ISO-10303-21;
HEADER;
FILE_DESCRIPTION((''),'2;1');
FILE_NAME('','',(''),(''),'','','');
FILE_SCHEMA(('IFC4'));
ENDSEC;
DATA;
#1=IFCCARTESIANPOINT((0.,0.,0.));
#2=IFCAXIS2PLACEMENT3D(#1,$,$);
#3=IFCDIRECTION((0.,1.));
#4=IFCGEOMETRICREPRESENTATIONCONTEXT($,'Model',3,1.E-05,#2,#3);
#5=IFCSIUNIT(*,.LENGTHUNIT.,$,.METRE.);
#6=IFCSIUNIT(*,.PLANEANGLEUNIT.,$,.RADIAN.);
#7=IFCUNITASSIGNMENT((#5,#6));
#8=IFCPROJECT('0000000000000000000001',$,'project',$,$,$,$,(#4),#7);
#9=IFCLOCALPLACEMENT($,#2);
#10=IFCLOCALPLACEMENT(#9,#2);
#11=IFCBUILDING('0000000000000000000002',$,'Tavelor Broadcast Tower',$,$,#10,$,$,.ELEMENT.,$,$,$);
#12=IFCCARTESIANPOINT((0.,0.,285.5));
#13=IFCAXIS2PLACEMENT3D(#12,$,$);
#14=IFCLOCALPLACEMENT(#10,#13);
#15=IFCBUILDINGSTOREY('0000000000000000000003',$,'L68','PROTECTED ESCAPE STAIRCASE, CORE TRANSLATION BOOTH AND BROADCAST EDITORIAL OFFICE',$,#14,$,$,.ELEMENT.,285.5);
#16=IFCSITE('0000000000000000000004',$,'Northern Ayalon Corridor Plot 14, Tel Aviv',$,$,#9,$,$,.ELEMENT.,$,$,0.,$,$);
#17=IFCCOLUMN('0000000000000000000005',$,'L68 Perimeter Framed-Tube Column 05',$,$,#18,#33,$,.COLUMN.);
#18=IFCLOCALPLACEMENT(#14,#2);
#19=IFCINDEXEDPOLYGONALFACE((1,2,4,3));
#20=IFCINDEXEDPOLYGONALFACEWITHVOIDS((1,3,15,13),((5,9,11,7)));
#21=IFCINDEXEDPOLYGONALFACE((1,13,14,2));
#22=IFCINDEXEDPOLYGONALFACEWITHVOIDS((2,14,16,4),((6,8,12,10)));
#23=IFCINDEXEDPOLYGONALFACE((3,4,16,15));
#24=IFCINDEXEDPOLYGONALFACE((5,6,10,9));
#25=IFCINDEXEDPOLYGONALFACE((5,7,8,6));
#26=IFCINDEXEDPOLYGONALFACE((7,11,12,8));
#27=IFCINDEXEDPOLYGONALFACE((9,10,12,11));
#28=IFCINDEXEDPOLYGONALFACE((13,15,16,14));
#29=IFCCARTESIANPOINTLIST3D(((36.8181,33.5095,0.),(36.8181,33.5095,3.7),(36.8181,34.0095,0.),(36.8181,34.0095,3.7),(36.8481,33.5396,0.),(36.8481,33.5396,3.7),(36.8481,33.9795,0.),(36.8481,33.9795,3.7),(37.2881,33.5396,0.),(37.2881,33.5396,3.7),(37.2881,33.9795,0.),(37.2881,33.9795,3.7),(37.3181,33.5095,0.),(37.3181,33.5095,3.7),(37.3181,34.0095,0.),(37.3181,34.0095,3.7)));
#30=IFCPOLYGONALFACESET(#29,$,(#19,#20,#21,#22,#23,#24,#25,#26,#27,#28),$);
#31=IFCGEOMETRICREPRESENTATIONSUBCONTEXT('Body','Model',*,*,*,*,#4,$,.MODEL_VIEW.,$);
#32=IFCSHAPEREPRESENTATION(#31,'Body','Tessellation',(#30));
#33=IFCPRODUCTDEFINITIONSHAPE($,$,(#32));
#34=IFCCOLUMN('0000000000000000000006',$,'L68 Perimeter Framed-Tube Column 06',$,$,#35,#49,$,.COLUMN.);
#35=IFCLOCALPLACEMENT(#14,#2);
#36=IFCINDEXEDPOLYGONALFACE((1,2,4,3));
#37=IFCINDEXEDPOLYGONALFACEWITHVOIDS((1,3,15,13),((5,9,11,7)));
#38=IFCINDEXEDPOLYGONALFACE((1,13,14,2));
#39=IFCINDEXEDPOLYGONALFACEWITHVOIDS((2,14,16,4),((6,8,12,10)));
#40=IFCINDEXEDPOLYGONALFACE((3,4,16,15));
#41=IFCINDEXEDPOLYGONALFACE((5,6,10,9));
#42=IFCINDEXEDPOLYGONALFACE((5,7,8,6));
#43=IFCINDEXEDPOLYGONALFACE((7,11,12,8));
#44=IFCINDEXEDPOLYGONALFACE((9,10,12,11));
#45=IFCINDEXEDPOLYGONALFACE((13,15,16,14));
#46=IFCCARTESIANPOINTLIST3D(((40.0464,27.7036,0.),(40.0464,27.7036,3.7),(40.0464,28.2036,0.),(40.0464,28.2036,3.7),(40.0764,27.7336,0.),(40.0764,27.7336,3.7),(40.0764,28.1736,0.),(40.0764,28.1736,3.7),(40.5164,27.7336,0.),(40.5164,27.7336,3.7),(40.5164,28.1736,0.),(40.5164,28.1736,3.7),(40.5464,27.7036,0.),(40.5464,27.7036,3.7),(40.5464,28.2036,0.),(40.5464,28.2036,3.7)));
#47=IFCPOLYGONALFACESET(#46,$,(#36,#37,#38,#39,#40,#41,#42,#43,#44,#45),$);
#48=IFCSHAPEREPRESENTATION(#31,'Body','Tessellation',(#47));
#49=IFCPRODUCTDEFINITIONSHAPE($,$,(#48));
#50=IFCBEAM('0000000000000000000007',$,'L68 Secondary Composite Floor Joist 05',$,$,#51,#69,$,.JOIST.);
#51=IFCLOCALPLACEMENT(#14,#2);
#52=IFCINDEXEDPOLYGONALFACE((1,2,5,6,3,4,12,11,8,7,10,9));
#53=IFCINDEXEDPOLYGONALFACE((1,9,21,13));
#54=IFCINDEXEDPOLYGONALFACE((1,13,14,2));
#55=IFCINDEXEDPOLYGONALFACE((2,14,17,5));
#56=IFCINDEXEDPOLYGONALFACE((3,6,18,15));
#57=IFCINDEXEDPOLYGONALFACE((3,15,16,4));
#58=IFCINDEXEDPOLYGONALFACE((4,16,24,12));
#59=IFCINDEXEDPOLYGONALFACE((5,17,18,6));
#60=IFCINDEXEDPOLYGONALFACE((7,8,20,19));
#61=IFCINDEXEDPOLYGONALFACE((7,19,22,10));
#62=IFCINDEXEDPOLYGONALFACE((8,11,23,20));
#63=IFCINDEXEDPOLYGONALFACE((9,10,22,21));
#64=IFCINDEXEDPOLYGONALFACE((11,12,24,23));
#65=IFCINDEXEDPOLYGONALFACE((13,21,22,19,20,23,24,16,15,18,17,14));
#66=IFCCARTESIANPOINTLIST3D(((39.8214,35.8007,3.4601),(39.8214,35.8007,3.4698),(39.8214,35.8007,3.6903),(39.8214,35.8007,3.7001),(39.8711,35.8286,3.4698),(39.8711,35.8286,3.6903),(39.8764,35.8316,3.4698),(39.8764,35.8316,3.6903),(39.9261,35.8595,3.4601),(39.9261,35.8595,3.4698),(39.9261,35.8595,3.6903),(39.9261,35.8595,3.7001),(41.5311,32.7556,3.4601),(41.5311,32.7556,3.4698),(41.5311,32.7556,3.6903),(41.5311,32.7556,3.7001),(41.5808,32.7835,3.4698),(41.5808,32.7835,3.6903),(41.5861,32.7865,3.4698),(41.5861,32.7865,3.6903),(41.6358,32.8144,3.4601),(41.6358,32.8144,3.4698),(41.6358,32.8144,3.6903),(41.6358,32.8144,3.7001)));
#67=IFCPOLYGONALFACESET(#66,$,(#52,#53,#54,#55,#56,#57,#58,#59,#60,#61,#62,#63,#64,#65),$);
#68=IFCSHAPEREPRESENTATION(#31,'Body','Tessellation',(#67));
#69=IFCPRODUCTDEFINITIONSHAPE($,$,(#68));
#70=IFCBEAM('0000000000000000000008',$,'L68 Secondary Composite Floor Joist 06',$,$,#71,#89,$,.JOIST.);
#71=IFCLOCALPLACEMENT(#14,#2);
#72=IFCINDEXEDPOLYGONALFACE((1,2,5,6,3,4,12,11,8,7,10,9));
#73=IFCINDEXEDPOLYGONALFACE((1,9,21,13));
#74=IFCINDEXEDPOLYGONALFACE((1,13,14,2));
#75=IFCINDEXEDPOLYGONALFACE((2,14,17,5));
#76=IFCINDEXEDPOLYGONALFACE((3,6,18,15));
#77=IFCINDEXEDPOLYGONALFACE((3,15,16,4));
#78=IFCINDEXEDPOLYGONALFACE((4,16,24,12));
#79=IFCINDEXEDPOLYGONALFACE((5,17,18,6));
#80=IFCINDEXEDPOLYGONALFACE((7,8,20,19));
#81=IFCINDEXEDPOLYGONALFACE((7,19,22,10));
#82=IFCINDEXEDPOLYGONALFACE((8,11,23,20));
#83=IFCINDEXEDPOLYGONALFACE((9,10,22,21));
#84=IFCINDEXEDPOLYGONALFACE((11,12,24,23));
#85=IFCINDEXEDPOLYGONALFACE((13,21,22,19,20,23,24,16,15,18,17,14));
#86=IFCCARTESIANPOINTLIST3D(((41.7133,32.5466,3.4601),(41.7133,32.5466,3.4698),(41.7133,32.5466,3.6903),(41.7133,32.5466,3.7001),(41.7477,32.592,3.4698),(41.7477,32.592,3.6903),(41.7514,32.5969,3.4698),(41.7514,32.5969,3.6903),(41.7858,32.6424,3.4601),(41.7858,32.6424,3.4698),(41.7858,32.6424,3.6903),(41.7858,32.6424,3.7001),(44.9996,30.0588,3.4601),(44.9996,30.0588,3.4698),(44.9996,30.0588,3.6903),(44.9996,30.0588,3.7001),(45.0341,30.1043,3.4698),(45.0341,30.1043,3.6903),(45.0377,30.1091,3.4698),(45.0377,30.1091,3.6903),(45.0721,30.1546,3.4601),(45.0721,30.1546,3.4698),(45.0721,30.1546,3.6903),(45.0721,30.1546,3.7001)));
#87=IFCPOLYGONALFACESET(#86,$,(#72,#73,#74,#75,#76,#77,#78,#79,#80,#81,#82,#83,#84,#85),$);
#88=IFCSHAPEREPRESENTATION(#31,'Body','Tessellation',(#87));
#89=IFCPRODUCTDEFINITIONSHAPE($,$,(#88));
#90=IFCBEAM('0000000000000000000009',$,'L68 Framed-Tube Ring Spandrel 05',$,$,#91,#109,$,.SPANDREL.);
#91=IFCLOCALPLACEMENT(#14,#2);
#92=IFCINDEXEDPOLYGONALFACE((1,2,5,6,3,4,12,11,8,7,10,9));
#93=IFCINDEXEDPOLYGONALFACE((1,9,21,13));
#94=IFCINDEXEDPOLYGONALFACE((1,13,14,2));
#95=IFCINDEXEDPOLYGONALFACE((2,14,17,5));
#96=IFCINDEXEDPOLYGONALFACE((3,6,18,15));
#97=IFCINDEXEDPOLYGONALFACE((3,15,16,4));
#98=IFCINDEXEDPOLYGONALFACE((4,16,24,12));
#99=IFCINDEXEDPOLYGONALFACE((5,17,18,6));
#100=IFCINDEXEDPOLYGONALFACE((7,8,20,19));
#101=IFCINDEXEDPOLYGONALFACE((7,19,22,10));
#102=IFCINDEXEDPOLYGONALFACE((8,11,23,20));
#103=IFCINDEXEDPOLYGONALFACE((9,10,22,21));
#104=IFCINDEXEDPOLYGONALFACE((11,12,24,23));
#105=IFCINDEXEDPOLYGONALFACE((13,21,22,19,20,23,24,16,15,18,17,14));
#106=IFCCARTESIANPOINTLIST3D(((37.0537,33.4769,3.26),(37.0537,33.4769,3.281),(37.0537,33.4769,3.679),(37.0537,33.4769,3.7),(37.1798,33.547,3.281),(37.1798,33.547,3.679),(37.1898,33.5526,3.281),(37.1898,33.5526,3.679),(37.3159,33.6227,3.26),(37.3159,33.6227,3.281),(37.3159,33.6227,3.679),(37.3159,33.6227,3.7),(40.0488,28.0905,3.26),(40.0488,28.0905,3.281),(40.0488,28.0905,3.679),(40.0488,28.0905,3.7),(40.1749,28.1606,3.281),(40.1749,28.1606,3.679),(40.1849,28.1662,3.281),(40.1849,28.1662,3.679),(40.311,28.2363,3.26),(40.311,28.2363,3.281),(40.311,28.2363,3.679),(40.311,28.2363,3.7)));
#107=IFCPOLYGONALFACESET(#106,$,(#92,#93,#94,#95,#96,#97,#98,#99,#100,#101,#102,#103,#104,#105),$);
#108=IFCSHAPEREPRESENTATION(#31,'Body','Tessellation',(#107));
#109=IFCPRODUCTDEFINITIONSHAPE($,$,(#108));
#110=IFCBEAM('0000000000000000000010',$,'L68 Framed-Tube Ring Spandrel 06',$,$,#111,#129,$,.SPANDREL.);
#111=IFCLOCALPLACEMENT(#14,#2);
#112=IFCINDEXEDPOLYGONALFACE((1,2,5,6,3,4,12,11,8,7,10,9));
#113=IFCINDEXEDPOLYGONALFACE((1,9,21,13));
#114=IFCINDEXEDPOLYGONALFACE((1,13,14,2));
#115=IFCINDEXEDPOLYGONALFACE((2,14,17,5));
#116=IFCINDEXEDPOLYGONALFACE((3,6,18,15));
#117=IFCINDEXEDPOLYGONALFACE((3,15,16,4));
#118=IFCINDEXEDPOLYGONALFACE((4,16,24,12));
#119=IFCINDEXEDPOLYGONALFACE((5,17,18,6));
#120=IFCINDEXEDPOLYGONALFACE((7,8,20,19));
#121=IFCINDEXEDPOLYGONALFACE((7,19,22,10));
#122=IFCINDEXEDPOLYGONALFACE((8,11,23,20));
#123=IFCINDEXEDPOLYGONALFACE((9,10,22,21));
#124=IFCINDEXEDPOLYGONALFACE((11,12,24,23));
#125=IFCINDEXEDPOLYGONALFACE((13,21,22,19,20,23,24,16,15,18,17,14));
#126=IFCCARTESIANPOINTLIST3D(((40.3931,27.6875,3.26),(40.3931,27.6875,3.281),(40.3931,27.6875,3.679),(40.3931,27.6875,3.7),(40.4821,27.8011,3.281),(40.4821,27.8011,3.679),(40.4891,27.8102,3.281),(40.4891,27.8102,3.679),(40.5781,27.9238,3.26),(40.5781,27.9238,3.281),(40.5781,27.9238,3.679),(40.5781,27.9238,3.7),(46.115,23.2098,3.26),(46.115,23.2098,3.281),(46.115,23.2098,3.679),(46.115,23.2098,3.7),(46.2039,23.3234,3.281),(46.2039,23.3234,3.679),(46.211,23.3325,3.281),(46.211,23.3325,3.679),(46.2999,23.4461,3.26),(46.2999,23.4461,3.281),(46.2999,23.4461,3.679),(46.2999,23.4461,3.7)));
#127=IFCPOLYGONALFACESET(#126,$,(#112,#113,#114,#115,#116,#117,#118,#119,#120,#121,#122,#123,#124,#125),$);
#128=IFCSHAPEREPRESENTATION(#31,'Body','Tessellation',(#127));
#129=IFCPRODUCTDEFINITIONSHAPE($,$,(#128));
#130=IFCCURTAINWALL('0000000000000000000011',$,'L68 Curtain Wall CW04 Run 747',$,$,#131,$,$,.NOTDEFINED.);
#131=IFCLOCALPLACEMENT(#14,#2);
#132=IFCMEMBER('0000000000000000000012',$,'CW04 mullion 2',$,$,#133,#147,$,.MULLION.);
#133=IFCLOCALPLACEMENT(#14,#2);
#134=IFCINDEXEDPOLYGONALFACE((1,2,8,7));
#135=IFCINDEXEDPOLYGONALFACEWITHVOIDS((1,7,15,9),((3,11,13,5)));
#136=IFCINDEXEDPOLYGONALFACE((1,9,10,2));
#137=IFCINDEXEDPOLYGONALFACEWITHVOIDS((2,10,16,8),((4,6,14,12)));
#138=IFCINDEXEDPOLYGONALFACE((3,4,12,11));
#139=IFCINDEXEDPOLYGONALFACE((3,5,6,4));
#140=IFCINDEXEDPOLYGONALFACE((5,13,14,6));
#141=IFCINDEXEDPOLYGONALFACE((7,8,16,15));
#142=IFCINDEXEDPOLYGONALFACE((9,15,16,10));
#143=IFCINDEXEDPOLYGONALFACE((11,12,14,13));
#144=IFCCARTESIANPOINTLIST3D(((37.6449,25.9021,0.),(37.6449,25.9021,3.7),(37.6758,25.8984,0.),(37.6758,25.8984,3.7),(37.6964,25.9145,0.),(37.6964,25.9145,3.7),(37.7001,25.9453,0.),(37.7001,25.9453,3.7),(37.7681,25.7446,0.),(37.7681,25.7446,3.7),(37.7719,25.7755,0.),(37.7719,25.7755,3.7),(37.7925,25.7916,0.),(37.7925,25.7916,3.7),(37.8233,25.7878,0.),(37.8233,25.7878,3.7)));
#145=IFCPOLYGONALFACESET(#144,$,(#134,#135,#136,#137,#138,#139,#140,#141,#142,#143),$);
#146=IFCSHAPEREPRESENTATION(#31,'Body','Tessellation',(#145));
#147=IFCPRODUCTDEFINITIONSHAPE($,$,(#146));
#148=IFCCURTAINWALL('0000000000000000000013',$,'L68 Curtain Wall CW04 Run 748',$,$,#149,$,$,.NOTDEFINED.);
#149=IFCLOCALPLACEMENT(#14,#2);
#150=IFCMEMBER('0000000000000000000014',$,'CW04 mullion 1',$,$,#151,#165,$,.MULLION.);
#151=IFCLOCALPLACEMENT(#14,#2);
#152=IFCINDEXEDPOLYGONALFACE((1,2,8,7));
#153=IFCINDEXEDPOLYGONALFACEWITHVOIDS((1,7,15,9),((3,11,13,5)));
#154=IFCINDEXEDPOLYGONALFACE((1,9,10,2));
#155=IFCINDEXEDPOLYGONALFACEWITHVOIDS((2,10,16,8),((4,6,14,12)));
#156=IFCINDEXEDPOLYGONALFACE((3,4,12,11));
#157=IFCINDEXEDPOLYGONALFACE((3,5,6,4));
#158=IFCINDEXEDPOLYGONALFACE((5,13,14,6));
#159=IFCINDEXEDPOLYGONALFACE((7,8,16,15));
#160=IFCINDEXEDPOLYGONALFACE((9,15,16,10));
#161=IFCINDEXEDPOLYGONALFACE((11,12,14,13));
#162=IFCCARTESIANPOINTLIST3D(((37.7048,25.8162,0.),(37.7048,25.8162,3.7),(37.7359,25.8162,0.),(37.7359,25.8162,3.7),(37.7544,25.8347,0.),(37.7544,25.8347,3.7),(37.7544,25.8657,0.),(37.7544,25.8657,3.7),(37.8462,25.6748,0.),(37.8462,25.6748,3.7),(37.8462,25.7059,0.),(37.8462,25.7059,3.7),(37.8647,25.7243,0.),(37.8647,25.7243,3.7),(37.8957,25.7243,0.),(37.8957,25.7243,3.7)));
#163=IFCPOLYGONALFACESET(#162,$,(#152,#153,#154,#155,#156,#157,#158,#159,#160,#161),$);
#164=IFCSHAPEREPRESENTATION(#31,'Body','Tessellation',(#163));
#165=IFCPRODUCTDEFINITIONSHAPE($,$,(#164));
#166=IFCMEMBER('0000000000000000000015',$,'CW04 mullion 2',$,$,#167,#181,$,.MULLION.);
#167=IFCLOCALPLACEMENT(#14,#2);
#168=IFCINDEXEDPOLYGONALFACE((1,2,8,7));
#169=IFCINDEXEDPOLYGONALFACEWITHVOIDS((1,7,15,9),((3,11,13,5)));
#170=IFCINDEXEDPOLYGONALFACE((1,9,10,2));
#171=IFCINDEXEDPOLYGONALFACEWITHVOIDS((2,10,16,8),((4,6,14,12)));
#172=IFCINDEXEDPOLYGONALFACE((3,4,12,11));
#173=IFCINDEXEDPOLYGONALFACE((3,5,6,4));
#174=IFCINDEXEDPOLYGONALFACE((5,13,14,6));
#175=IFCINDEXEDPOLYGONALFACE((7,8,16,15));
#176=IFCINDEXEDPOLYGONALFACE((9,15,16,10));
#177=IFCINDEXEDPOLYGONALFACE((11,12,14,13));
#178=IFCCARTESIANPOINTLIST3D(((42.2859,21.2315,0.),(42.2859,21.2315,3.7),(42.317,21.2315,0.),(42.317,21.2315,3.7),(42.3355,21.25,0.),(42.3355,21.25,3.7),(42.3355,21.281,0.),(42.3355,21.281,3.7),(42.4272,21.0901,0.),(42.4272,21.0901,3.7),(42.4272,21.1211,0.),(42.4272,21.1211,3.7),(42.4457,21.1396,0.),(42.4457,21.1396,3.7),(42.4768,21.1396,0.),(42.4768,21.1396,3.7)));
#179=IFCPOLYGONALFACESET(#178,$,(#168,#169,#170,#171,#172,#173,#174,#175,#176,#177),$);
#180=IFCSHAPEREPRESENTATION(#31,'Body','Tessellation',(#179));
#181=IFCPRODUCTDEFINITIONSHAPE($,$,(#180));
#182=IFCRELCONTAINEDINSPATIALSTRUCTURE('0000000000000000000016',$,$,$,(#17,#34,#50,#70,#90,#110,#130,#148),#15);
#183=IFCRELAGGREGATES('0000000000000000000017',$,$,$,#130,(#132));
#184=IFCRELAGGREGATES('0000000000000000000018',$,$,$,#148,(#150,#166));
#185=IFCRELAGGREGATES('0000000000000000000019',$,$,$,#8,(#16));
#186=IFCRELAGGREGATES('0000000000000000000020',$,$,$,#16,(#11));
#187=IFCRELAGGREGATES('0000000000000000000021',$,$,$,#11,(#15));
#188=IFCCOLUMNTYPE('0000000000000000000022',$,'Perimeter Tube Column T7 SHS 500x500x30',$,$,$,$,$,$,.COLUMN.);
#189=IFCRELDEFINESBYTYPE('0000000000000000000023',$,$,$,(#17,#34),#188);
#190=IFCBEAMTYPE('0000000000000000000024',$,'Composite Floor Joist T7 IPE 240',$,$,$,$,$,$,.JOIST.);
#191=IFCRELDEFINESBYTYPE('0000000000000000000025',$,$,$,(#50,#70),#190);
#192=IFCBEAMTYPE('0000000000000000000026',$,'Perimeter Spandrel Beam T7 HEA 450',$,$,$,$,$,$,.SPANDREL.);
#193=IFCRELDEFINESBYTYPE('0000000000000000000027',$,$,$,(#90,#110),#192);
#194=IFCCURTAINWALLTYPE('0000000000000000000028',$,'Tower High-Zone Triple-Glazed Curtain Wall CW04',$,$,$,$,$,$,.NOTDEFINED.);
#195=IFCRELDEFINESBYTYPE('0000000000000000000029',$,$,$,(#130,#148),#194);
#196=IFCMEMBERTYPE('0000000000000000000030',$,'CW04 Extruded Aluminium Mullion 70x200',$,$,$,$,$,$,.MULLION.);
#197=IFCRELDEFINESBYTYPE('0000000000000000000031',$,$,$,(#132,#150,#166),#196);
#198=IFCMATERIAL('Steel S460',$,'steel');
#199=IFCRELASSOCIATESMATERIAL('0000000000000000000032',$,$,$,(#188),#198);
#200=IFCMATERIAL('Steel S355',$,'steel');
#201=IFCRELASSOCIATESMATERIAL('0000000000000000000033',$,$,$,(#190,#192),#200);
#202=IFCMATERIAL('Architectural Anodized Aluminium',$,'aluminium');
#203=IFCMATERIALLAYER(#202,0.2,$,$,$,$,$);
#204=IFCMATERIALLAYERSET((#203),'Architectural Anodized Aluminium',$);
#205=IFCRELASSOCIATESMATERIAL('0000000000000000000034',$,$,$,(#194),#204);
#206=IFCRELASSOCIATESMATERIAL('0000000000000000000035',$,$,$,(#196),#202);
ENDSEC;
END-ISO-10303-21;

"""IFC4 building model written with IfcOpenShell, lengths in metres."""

from ifc_helpers import new_model, si_unit, direction, frame, origin, origin_2d, place, context, subcontext, project, spatial, hollow_rectangle, i_section, extrude, source, transform, mapped, material, layer, layer_set, material_profile, profile_set, type_object, type_shapes, element, aggregate, save


model = new_model("IFC4")

# Units and contexts
model_context = context("Model", 3, precision=1e-05, world=origin(), true_north=direction((0.0, 1.0)))
body_context = subcontext(model_context, "Body", "Model", "MODEL_VIEW")
ifc_project = project(units=[si_unit("LENGTHUNIT", "METRE"), si_unit("PLANEANGLEUNIT", "RADIAN")], contexts=[model_context])

# Site, building, storey
site_placement = place(None, origin())
site = spatial("IfcSite", under=ifc_project, at=site_placement, Name="Northern Ayalon Corridor Plot 14, Tel Aviv", CompositionType="ELEMENT", RefElevation=0.0)
building_placement = place(site_placement, origin())
building = spatial("IfcBuilding", under=site, at=building_placement, Name="Tavelor Broadcast Tower", CompositionType="ELEMENT")
storey_placement = place(building_placement, frame((0.0, 0.0, 285.5)))
storey = spatial("IfcBuildingStorey", under=building, at=storey_placement, Name="L68", Description="PROTECTED ESCAPE STAIRCASE, CORE TRANSLATION BOOTH AND BROADCAST EDITORIAL OFFICE", CompositionType="ELEMENT", Elevation=285.5)

# Columns
ifc_material_1 = material(Name="Steel S460", Category="steel")
ifc_material_profile_1 = material_profile(ifc_material_1, hollow_rectangle(XDim=0.5, YDim=0.5, WallThickness=0.03, at=origin_2d()), Name="SHS 500x500x30")
ifc_profile_set_1 = profile_set([ifc_material_profile_1], Name="Steel S460")
column_type = type_object("IfcColumnType", Name="Perimeter Tube Column T7 SHS 500x500x30", PredefinedType="COLUMN", material=ifc_profile_set_1)
for number, where, z_axis, x_axis, name in (
    (1, (37.0681, 33.7595, 0.0), (0.0, 0.0, 1.0), (1.0, 0.0, 0.0), "L68 Perimeter Framed-Tube Column 05"),
    (2, (40.2964, 27.9536, 0.0), (0.0, 0.0, 1.0), (1.0, 0.0, 0.0), "L68 Perimeter Framed-Tube Column 06"),
):
    element("IfcColumn", number, at=place(storey_placement, frame(where, z_axis=z_axis, x_axis=x_axis)), inside=storey, type_object=column_type, Name=name, PredefinedType="COLUMN", context=body_context, shape_type="SweptSolid", body=[
        extrude(hollow_rectangle(XDim=0.5, YDim=0.5, WallThickness=0.03, at=origin_2d()), origin(), (0.0, 0.0, 1.0), 3.7),
    ])

# Beams
ifc_material_2 = material(Name="Steel S355", Category="steel")
ifc_material_profile_2 = material_profile(ifc_material_2, i_section(OverallWidth=0.1201, OverallDepth=0.24, WebThickness=0.0061, FlangeThickness=0.0098, at=origin_2d()), Name="IPE 240")
ifc_profile_set_2 = profile_set([ifc_material_profile_2], Name="Steel S355")
beam_type_1 = type_object("IfcBeamType", Name="Composite Floor Joist T7 IPE 240", PredefinedType="JOIST", material=ifc_profile_set_2)
beam_1_placement = place(storey_placement, frame((39.8738, 35.8301, 3.5801), z_axis=(0.489567, -0.871965, 0.0), x_axis=(0.871965, 0.489567, 0.0)))
element("IfcBeam", 3, at=beam_1_placement, inside=storey, type_object=beam_type_1, Name="L68 Secondary Composite Floor Joist 05", PredefinedType="JOIST", context=body_context, shape_type="SweptSolid", body=[
    extrude(i_section(OverallWidth=0.1201, OverallDepth=0.24, WebThickness=0.0061, FlangeThickness=0.0098, at=origin_2d()), origin(), (0.0, 0.0, 1.0), 3.4922),
])
beam_2_placement = place(storey_placement, frame((41.7495, 32.5945, 3.5801), z_axis=(0.797312, -0.603567, 0.0), x_axis=(0.603567, 0.797312, 0.0)))
element("IfcBeam", 4, at=beam_2_placement, inside=storey, type_object=beam_type_1, Name="L68 Secondary Composite Floor Joist 06", PredefinedType="JOIST", context=body_context, shape_type="SweptSolid", body=[
    extrude(i_section(OverallWidth=0.1201, OverallDepth=0.24, WebThickness=0.0061, FlangeThickness=0.0098, at=origin_2d()), origin(), (0.0, 0.0, 1.0), 4.1218),
])
ifc_material_profile_3 = material_profile(ifc_material_2, i_section(OverallWidth=0.3, OverallDepth=0.4399, WebThickness=0.0115, FlangeThickness=0.021, at=origin_2d()), Name="HEA 450")
ifc_profile_set_3 = profile_set([ifc_material_profile_3], Name="Steel S355")
beam_type_2 = type_object("IfcBeamType", Name="Perimeter Spandrel Beam T7 HEA 450", PredefinedType="SPANDREL", material=ifc_profile_set_3)
beam_3_placement = place(storey_placement, frame((37.1848, 33.5498, 3.48), z_axis=(0.485969, -0.873976, 0.0), x_axis=(0.873976, 0.485969, 0.0)))
element("IfcBeam", 5, at=beam_3_placement, inside=storey, type_object=beam_type_2, Name="L68 Framed-Tube Ring Spandrel 05", PredefinedType="SPANDREL", context=body_context, shape_type="SweptSolid", body=[
    extrude(i_section(OverallWidth=0.3, OverallDepth=0.4399, WebThickness=0.0115, FlangeThickness=0.021, at=origin_2d()), origin(), (0.0, 0.0, 1.0), 6.1631),
])
beam_4_placement = place(storey_placement, frame((40.4856, 27.8057, 3.48), z_axis=(0.787521, -0.616287, 0.0), x_axis=(0.616287, 0.787521, 0.0)))
element("IfcBeam", 6, at=beam_4_placement, inside=storey, type_object=beam_type_2, Name="L68 Framed-Tube Ring Spandrel 06", PredefinedType="SPANDREL", context=body_context, shape_type="SweptSolid", body=[
    extrude(i_section(OverallWidth=0.3, OverallDepth=0.4399, WebThickness=0.0115, FlangeThickness=0.021, at=origin_2d()), origin(), (0.0, 0.0, 1.0), 7.2656),
])

# Curtain wall, member
ifc_material_3 = material(Name="Architectural Anodized Aluminium", Category="aluminium")
ifc_layer_1 = layer(ifc_material_3, 0.2)
ifc_layer_set_1 = layer_set([ifc_layer_1], Name="Architectural Anodized Aluminium")
curtain_wall_type = type_object("IfcCurtainWallType", Name="Tower High-Zone Triple-Glazed Curtain Wall CW04", PredefinedType="NOTDEFINED", material=ifc_layer_set_1)
curtain_wall_1_placement = place(storey_placement, origin())
curtain_wall_1 = element("IfcCurtainWall", 7, at=curtain_wall_1_placement, inside=storey, type_object=curtain_wall_type, Name="L68 Curtain Wall CW04 Run 747", PredefinedType="NOTDEFINED")
ifc_material_profile_4 = material_profile(ifc_material_3, hollow_rectangle(XDim=0.0701, YDim=0.2, WallThickness=0.022, at=origin_2d()), Name="RHS 70x200x22")
ifc_profile_set_4 = profile_set([ifc_material_profile_4], Name="Architectural Anodized Aluminium")
member_type_1 = type_object("IfcMemberType", Name="CW04 Extruded Aluminium Mullion 70x200", PredefinedType="MULLION", material=ifc_profile_set_4)
shared_shape_1 = source(origin(), body_context, "Body", "SweptSolid", [
    extrude(hollow_rectangle(XDim=0.0701, YDim=0.2, WallThickness=0.022, at=origin_2d()), origin(), (0.0, 0.0, 1.0), 3.7),
])
type_shapes(member_type_1, [shared_shape_1])
member_1_placement = place(storey_placement, frame((37.7341, 25.845, 0.0), z_axis=(0.0, 0.0, 1.0), x_axis=(0.787736, 0.616013, 0.0)))
member_1 = element("IfcMember", 8, at=member_1_placement, type_object=member_type_1, Name="CW04 mullion 2", PredefinedType="MULLION", context=body_context, shape_type="MappedRepresentation", body=[
    mapped(shared_shape_1, transform((0.0, 0.0, 0.0), scale=1.0)),
])

# Curtain wall, members
curtain_wall_2_placement = place(storey_placement, origin())
curtain_wall_2 = element("IfcCurtainWall", 9, at=curtain_wall_2_placement, inside=storey, type_object=curtain_wall_type, Name="L68 Curtain Wall CW04 Run 748", PredefinedType="NOTDEFINED")
member_2_placement = place(storey_placement, frame((37.8003, 25.7703, 0.0), z_axis=(0.0, 0.0, 1.0), x_axis=(0.707389, 0.706824, 0.0)))
member_2 = element("IfcMember", 10, at=member_2_placement, type_object=member_type_1, Name="CW04 mullion 1", PredefinedType="MULLION", context=body_context, shape_type="MappedRepresentation", body=[
    mapped(shared_shape_1, transform((0.0, 0.0, 0.0), scale=1.0)),
])
member_3_placement = place(storey_placement, frame((42.3813, 21.1855, 0.0), z_axis=(0.0, 0.0, 1.0), x_axis=(0.707389, 0.706824, 0.0)))
member_3 = element("IfcMember", 11, at=member_3_placement, type_object=member_type_1, Name="CW04 mullion 2", PredefinedType="MULLION", context=body_context, shape_type="MappedRepresentation", body=[
    mapped(shared_shape_1, transform((0.0, 0.0, 0.0), scale=1.0)),
])

aggregate(curtain_wall_1, [member_1])
aggregate(curtain_wall_2, [member_2, member_3])

save(model, "model.ifc")
